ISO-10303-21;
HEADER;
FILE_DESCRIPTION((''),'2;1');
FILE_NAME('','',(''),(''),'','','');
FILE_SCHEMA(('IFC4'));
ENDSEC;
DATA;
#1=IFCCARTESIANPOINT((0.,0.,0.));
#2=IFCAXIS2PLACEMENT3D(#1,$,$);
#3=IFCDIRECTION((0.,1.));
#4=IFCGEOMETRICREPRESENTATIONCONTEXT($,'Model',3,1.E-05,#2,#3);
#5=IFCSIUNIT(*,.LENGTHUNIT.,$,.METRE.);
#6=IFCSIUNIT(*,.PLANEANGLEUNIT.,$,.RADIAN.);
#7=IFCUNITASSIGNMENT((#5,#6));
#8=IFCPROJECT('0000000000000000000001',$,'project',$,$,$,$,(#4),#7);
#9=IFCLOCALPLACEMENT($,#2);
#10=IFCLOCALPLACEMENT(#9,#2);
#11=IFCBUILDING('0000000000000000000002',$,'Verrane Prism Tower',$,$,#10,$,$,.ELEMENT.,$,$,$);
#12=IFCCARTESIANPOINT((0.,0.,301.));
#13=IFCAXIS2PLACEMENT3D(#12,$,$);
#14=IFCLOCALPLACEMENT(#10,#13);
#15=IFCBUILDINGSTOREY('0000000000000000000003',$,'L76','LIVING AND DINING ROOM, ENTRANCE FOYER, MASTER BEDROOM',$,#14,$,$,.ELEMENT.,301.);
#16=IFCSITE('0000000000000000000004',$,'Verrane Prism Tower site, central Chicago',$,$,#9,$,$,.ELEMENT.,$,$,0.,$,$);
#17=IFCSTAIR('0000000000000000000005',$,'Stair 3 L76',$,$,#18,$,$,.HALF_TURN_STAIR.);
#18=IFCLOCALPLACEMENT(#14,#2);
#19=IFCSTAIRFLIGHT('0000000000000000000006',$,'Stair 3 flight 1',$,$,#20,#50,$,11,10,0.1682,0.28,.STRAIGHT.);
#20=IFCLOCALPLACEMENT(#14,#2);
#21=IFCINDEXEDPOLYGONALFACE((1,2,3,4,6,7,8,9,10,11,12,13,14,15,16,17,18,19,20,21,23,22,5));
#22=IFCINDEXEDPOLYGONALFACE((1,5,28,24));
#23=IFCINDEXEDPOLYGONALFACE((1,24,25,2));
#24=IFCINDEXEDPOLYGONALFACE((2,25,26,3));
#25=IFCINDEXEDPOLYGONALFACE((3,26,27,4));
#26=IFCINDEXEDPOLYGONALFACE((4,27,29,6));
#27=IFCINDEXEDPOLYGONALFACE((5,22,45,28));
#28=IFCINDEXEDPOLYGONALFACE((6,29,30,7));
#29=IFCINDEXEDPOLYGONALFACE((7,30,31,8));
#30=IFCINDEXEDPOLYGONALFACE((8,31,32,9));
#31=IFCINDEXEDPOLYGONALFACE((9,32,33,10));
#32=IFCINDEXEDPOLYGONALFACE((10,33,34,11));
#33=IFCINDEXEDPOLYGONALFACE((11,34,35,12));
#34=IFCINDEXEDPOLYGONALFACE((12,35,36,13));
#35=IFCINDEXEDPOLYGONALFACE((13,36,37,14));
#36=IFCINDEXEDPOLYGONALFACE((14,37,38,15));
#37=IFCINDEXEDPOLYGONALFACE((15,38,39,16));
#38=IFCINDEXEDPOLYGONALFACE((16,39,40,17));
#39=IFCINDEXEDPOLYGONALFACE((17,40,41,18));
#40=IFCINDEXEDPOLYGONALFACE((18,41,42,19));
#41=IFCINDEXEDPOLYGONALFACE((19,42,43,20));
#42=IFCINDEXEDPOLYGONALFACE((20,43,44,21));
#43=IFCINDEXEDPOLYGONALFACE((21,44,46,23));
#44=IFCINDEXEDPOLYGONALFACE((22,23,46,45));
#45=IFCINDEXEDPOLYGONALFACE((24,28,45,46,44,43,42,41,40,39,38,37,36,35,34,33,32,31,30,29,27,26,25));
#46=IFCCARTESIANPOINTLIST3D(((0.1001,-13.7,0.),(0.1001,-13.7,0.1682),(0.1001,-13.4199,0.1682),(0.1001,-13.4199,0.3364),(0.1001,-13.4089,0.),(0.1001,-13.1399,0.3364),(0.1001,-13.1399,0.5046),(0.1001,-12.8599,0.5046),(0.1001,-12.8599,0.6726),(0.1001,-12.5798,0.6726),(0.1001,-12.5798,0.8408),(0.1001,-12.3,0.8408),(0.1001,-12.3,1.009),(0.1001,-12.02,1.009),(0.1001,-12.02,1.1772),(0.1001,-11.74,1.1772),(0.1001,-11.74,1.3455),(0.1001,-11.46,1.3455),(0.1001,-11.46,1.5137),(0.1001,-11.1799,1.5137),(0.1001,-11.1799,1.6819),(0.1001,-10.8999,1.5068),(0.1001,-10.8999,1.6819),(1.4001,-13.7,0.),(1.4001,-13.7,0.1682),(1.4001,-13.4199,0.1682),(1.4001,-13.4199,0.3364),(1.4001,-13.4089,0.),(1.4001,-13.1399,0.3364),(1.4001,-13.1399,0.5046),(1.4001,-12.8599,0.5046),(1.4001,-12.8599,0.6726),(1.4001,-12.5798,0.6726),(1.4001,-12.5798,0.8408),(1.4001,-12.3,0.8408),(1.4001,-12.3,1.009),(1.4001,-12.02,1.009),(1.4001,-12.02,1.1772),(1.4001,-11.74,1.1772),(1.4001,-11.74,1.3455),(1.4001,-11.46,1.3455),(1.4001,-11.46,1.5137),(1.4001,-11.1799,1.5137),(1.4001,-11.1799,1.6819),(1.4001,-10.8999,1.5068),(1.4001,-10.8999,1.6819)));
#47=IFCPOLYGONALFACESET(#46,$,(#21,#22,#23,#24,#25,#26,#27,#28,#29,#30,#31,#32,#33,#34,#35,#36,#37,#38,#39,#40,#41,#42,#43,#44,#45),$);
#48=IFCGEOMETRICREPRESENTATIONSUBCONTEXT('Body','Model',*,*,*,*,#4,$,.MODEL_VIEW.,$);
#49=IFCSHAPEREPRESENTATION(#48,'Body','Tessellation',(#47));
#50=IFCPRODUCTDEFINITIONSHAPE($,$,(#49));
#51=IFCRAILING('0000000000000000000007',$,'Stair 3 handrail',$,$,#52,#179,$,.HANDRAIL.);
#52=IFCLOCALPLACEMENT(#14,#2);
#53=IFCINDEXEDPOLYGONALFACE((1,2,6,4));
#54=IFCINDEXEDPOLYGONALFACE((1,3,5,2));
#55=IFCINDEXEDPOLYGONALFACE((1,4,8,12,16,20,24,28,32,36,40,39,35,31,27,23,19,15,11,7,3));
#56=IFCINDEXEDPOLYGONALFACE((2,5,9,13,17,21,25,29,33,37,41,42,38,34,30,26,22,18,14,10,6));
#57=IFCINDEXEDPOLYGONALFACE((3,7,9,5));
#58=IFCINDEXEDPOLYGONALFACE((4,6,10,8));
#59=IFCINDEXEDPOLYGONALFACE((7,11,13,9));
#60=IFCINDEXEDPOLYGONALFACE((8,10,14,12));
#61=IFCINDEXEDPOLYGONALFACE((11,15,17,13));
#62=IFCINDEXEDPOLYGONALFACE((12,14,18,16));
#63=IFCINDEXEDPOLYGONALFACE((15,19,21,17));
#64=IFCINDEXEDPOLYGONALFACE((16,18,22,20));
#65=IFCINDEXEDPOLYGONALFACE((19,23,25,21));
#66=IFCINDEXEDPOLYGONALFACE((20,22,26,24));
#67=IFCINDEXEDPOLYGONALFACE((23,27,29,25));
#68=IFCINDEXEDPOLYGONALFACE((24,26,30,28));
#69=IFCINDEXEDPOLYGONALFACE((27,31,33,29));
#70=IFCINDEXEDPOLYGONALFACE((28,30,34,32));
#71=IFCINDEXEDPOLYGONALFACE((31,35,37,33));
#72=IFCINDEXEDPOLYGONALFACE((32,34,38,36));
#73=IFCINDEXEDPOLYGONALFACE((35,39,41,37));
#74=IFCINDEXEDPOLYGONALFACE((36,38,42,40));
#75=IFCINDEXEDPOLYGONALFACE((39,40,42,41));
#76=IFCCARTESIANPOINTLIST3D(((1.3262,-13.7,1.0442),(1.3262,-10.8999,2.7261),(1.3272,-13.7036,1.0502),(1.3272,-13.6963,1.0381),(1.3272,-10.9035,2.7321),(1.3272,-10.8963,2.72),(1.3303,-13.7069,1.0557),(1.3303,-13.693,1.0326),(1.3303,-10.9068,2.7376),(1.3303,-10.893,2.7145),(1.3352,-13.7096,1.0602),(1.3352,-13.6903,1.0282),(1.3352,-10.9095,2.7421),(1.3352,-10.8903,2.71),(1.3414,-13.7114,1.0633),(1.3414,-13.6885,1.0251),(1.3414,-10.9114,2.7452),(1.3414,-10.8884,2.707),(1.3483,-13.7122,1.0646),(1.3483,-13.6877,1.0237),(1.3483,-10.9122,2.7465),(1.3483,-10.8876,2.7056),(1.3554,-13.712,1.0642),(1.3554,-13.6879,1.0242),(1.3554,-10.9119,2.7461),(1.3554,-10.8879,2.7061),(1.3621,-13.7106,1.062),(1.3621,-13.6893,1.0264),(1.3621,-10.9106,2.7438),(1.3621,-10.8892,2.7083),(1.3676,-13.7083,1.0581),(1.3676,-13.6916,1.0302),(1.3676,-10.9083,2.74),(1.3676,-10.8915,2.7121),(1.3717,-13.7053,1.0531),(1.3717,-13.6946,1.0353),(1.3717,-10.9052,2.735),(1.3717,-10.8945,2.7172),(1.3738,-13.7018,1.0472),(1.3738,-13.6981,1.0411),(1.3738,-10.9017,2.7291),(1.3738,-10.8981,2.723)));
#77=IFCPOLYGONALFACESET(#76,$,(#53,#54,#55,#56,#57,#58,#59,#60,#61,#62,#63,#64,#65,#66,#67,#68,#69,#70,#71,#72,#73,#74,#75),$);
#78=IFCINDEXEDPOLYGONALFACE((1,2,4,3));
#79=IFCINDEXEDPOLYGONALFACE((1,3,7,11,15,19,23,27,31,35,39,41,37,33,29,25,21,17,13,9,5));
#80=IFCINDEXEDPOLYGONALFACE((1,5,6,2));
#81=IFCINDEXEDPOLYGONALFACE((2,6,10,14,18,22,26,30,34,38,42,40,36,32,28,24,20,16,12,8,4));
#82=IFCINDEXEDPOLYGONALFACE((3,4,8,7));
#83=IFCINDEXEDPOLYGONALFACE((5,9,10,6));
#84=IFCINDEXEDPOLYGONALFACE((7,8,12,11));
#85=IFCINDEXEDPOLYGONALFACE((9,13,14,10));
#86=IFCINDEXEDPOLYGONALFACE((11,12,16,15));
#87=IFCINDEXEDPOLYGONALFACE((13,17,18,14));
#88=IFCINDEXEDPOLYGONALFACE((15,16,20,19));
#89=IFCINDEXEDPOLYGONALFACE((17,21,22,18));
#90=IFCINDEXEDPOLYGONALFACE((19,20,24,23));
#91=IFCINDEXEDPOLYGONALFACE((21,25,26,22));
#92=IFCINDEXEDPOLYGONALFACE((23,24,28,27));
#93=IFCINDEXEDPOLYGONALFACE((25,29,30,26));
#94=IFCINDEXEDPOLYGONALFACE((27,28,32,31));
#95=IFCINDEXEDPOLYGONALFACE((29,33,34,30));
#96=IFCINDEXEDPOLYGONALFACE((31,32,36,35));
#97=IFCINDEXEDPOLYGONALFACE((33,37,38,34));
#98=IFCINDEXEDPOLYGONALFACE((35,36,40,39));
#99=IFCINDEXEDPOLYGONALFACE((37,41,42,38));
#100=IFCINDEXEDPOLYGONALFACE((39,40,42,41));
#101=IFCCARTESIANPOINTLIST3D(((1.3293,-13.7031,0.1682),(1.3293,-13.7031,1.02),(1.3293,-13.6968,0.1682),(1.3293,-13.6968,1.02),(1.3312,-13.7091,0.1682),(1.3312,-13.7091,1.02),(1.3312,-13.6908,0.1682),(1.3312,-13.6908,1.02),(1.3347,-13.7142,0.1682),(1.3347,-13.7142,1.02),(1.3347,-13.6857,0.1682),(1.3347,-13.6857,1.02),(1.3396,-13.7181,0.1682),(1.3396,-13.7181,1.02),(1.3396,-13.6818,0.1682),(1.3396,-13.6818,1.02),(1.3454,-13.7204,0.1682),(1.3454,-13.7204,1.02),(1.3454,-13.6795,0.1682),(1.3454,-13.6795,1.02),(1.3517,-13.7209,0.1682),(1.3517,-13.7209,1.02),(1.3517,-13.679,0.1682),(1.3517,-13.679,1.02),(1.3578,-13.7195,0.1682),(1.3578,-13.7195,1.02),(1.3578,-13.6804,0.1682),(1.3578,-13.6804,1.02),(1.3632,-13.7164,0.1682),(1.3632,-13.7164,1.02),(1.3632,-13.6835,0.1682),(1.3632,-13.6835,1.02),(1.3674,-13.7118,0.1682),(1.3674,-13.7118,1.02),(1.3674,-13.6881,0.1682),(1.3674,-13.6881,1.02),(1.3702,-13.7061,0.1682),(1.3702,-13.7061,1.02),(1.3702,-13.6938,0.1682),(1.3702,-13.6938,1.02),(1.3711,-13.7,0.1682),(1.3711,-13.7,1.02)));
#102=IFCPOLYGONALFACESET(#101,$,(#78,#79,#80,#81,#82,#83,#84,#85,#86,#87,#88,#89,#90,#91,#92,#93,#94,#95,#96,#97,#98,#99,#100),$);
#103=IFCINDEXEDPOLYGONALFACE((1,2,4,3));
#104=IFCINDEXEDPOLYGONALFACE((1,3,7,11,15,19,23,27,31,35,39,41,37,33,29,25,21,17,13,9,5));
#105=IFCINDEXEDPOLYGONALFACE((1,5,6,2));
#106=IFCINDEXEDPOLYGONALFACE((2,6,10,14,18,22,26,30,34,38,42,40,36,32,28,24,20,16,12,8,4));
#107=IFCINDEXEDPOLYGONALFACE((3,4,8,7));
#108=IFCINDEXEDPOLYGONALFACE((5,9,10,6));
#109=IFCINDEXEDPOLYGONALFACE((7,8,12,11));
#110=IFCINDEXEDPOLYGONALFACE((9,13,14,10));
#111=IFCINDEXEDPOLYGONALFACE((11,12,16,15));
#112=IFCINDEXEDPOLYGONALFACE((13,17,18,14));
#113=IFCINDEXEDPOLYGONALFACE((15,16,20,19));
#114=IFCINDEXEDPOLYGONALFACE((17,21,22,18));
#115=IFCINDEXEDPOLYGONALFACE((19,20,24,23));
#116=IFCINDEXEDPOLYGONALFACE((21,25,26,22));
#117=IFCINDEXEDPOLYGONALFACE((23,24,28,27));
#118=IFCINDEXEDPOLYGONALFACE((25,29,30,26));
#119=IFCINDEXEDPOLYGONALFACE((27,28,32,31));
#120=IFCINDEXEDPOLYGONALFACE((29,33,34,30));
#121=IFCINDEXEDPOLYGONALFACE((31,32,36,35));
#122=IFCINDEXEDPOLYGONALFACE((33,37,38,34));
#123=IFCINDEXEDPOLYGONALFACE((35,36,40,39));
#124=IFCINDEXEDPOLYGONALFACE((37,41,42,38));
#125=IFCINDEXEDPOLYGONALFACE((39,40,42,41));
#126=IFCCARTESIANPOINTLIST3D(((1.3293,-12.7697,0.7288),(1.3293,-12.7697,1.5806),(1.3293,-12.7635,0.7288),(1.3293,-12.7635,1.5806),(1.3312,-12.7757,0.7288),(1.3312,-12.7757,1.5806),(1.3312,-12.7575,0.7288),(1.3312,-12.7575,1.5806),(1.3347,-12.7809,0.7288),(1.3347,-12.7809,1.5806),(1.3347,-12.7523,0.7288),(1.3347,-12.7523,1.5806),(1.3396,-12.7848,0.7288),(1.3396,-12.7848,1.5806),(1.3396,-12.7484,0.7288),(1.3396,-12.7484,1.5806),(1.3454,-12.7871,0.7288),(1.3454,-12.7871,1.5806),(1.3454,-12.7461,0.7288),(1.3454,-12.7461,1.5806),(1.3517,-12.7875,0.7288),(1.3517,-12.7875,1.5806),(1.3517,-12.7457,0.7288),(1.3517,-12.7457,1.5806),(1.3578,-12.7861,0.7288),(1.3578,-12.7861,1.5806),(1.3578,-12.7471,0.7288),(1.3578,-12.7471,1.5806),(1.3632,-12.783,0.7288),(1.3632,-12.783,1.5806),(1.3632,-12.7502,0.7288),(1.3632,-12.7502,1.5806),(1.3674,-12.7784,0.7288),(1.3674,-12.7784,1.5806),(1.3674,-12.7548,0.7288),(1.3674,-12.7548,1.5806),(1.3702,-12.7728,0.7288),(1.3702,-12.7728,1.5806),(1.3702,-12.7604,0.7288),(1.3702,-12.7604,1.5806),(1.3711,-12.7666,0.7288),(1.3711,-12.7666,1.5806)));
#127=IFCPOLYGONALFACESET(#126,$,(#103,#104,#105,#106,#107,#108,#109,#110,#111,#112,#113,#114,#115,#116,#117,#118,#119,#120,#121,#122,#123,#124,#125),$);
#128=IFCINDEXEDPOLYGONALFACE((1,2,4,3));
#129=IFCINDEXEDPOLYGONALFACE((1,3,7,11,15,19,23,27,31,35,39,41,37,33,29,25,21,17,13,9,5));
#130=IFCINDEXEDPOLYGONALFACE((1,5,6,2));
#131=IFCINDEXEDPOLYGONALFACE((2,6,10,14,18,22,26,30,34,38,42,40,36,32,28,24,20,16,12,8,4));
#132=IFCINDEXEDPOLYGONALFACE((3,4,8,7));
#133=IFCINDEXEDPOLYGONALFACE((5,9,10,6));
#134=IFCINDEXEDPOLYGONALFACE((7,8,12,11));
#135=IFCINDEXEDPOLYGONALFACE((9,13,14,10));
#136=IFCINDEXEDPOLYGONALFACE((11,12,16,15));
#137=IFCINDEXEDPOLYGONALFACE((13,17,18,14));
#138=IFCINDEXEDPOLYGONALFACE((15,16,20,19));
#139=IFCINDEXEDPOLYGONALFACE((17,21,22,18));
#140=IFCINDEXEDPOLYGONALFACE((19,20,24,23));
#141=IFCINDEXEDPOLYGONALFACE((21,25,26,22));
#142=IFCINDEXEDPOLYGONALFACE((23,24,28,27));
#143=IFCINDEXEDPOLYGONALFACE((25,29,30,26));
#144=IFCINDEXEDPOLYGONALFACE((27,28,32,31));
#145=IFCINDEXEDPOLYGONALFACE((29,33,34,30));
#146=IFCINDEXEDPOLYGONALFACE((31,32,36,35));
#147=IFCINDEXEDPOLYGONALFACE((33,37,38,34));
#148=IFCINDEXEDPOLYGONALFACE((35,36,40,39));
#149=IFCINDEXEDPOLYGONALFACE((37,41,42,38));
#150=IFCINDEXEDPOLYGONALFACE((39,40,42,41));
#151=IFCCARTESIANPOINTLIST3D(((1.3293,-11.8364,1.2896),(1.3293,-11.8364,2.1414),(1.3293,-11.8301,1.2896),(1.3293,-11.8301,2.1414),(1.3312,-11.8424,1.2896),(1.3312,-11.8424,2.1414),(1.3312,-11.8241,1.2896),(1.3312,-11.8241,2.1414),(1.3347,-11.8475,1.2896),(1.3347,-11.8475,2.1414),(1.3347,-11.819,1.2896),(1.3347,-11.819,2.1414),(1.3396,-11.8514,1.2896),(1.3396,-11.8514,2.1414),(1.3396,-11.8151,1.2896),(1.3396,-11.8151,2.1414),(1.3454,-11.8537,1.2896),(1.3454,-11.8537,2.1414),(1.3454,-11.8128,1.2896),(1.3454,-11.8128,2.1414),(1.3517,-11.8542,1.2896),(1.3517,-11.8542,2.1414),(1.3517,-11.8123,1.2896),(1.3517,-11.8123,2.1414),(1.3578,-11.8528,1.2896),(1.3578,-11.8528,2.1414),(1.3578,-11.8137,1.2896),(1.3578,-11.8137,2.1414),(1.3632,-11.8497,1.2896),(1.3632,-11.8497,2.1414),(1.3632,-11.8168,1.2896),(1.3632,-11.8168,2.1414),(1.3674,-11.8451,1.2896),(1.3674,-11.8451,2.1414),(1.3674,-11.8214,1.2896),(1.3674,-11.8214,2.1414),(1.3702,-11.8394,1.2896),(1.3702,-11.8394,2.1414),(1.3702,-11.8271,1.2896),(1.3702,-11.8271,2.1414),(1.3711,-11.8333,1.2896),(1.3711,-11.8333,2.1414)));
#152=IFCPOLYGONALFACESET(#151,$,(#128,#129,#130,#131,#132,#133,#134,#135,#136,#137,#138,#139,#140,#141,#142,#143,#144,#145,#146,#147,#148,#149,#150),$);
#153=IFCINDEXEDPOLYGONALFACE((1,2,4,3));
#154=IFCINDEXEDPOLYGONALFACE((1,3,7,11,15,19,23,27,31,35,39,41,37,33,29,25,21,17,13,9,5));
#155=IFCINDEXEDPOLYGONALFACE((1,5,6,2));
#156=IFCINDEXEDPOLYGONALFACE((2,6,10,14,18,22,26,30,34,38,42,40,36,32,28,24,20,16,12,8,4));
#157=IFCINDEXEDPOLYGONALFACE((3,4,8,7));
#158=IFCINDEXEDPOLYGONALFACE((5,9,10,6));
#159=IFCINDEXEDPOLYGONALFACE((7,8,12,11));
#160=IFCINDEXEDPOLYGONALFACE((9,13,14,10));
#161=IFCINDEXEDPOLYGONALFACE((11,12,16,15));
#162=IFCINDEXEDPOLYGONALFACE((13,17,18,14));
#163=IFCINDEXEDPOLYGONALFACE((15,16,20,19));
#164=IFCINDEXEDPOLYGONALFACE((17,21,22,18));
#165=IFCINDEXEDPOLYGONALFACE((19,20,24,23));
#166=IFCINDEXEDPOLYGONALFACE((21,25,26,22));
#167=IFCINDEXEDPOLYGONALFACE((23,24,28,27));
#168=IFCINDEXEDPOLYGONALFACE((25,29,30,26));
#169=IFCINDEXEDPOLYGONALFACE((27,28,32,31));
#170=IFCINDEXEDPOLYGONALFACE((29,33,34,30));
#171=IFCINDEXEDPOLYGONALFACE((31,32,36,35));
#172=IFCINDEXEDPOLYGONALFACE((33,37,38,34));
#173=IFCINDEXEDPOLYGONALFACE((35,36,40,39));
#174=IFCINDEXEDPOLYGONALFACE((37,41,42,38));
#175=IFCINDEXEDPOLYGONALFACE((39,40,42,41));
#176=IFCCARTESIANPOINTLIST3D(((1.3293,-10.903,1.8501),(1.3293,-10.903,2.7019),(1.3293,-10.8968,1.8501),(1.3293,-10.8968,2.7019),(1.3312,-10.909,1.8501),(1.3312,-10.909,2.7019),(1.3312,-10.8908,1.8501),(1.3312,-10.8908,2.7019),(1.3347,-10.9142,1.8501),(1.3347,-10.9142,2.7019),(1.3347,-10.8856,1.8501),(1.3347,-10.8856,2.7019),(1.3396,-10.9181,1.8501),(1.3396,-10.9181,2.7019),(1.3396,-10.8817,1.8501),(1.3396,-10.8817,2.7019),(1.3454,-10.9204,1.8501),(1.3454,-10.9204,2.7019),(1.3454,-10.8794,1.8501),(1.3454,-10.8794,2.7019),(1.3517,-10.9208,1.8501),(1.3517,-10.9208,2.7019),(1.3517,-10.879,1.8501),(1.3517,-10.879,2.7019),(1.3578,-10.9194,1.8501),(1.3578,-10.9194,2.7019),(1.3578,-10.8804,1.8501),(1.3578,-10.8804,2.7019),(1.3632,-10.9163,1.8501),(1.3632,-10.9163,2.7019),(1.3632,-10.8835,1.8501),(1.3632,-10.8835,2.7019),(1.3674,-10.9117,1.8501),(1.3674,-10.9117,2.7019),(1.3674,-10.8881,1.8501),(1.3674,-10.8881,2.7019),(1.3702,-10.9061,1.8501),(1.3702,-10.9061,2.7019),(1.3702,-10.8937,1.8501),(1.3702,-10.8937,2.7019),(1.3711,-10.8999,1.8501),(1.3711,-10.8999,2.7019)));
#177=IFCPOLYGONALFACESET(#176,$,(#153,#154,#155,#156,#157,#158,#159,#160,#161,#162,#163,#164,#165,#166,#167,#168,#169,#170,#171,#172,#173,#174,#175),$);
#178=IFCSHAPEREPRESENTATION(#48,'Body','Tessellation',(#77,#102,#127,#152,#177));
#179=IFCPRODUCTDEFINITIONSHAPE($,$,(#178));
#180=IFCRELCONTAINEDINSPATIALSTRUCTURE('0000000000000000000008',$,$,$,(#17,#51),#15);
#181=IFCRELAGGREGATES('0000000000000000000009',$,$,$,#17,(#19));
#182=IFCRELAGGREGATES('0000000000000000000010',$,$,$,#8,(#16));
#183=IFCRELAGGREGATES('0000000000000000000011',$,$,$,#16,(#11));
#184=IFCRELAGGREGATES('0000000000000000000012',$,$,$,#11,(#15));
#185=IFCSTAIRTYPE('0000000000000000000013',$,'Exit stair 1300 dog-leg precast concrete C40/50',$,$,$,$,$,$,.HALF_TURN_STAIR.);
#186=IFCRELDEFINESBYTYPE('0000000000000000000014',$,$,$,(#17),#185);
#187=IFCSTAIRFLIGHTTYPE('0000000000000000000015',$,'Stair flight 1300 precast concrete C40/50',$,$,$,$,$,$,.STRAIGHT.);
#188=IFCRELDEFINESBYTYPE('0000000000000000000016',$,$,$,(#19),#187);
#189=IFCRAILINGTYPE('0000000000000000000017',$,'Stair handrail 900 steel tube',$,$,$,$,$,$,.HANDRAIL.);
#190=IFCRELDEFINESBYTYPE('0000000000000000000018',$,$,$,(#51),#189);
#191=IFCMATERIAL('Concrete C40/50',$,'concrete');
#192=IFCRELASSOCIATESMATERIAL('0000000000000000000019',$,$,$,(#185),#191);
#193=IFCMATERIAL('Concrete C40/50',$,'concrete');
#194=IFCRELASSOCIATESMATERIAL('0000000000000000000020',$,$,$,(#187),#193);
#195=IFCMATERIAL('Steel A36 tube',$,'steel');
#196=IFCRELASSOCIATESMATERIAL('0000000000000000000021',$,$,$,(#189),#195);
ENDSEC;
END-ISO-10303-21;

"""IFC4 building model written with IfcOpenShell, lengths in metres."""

from ifc_helpers import new_model, si_unit, direction, frame, origin, origin_2d, place, context, subcontext, project, spatial, polyline, circle, outline, extrude, material, type_object, element, aggregate, save


model = new_model("IFC4")

# Units and contexts
model_context = context("Model", 3, precision=1e-05, world=origin(), true_north=direction((0.0, 1.0)))
body_context = subcontext(model_context, "Body", "Model", "MODEL_VIEW")
ifc_project = project(units=[si_unit("LENGTHUNIT", "METRE"), si_unit("PLANEANGLEUNIT", "RADIAN")], contexts=[model_context])

# Site, building, storey
site_placement = place(None, origin())
site = spatial("IfcSite", under=ifc_project, at=site_placement, Name="Verrane Prism Tower site, central Chicago", CompositionType="ELEMENT", RefElevation=0.0)
building_placement = place(site_placement, origin())
building = spatial("IfcBuilding", under=site, at=building_placement, Name="Verrane Prism Tower", CompositionType="ELEMENT")
storey_placement = place(building_placement, frame((0.0, 0.0, 301.0)))
storey = spatial("IfcBuildingStorey", under=building, at=storey_placement, Name="L76", Description="LIVING AND DINING ROOM, ENTRANCE FOYER, MASTER BEDROOM", CompositionType="ELEMENT", Elevation=301.0)

# Stair, stair flight
ifc_material_1 = material(Name="Concrete C40/50", Category="concrete")
stair_type = type_object("IfcStairType", Name="Exit stair 1300 dog-leg precast concrete C40/50", PredefinedType="HALF_TURN_STAIR", material=ifc_material_1)
stair_placement = place(storey_placement, origin())
stair = element("IfcStair", 1, at=stair_placement, inside=storey, type_object=stair_type, Name="Stair 3 L76", PredefinedType="HALF_TURN_STAIR")
ifc_material_2 = material(Name="Concrete C40/50", Category="concrete")
stair_flight_type = type_object("IfcStairFlightType", Name="Stair flight 1300 precast concrete C40/50", PredefinedType="STRAIGHT", material=ifc_material_2)
stair_flight_placement = place(storey_placement, frame((0.75, -13.7, 0.0), z_axis=(0.0, 0.0, 1.0), x_axis=(0.0, 1.0, 0.0)))
stair_flight = element("IfcStairFlight", 2, at=stair_flight_placement, type_object=stair_flight_type, Name="Stair 3 flight 1", NumberOfRisers=11, NumberOfTreads=10, PredefinedType="STRAIGHT", RiserHeight=0.1682, TreadLength=0.28, context=body_context, shape_type="SweptSolid", body=[
    extrude(outline(polyline([(0.0, 0.0), (0.0, 0.1682), (0.28, 0.1682), (0.28, 0.3364), (0.5601, 0.3364), (0.5601, 0.5046), (0.8401, 0.5046), (0.8401, 0.6726), (1.1201, 0.6726), (1.1201, 0.8408), (1.3999, 0.8408), (1.3999, 1.009), (1.6799, 1.009), (1.6799, 1.1772), (1.96, 1.1772), (1.96, 1.3455), (2.24, 1.3455), (2.24, 1.5137), (2.52, 1.5137), (2.52, 1.6819), (2.8, 1.6819), (2.8, 1.8501), (2.8, 1.5068), (0.291, 0.0), (0.0, 0.0)])), frame((0.0, 0.6499, 0.0), z_axis=(0.0, -1.0, 0.0), x_axis=(1.0, 0.0, 0.0)), (0.0, 0.0, 1.0), 1.3),
])
aggregate(stair, [stair_flight])

# Railing
ifc_material_3 = material(Name="Steel A36 tube", Category="steel")
railing_type_1 = type_object("IfcRailingType", Name="Stair handrail 900 steel tube", PredefinedType="HANDRAIL", material=ifc_material_3)
railing_1_placement = place(storey_placement, frame((1.3501, -13.7, 0.1682)))
element("IfcRailing", 3, at=railing_1_placement, inside=storey, type_object=railing_type_1, Name="Stair 3 handrail", PredefinedType="HANDRAIL", context=body_context, shape_type="SweptSolid", body=[
    extrude(circle(Radius=0.0239, at=origin_2d()), frame((0.0, 0.0, 0.876), z_axis=(0.0, 0.857242, 0.514913), x_axis=(-1.0, 0.0, 0.0)), (0.0, 0.0, 1.0), 3.2664),
    extrude(circle(Radius=0.021, at=origin_2d()), origin(), (0.0, 0.0, 1.0), 0.8518),
    extrude(circle(Radius=0.021, at=origin_2d()), frame((0.0, 0.9333, 0.5605)), (0.0, 0.0, 1.0), 0.8518),
    extrude(circle(Radius=0.021, at=origin_2d()), frame((0.0, 1.8667, 1.1213)), (0.0, 0.0, 1.0), 0.8518),
    extrude(circle(Radius=0.021, at=origin_2d()), frame((0.0, 2.8, 1.6819)), (0.0, 0.0, 1.0), 0.8518),
])

save(model, "model.ifc")
